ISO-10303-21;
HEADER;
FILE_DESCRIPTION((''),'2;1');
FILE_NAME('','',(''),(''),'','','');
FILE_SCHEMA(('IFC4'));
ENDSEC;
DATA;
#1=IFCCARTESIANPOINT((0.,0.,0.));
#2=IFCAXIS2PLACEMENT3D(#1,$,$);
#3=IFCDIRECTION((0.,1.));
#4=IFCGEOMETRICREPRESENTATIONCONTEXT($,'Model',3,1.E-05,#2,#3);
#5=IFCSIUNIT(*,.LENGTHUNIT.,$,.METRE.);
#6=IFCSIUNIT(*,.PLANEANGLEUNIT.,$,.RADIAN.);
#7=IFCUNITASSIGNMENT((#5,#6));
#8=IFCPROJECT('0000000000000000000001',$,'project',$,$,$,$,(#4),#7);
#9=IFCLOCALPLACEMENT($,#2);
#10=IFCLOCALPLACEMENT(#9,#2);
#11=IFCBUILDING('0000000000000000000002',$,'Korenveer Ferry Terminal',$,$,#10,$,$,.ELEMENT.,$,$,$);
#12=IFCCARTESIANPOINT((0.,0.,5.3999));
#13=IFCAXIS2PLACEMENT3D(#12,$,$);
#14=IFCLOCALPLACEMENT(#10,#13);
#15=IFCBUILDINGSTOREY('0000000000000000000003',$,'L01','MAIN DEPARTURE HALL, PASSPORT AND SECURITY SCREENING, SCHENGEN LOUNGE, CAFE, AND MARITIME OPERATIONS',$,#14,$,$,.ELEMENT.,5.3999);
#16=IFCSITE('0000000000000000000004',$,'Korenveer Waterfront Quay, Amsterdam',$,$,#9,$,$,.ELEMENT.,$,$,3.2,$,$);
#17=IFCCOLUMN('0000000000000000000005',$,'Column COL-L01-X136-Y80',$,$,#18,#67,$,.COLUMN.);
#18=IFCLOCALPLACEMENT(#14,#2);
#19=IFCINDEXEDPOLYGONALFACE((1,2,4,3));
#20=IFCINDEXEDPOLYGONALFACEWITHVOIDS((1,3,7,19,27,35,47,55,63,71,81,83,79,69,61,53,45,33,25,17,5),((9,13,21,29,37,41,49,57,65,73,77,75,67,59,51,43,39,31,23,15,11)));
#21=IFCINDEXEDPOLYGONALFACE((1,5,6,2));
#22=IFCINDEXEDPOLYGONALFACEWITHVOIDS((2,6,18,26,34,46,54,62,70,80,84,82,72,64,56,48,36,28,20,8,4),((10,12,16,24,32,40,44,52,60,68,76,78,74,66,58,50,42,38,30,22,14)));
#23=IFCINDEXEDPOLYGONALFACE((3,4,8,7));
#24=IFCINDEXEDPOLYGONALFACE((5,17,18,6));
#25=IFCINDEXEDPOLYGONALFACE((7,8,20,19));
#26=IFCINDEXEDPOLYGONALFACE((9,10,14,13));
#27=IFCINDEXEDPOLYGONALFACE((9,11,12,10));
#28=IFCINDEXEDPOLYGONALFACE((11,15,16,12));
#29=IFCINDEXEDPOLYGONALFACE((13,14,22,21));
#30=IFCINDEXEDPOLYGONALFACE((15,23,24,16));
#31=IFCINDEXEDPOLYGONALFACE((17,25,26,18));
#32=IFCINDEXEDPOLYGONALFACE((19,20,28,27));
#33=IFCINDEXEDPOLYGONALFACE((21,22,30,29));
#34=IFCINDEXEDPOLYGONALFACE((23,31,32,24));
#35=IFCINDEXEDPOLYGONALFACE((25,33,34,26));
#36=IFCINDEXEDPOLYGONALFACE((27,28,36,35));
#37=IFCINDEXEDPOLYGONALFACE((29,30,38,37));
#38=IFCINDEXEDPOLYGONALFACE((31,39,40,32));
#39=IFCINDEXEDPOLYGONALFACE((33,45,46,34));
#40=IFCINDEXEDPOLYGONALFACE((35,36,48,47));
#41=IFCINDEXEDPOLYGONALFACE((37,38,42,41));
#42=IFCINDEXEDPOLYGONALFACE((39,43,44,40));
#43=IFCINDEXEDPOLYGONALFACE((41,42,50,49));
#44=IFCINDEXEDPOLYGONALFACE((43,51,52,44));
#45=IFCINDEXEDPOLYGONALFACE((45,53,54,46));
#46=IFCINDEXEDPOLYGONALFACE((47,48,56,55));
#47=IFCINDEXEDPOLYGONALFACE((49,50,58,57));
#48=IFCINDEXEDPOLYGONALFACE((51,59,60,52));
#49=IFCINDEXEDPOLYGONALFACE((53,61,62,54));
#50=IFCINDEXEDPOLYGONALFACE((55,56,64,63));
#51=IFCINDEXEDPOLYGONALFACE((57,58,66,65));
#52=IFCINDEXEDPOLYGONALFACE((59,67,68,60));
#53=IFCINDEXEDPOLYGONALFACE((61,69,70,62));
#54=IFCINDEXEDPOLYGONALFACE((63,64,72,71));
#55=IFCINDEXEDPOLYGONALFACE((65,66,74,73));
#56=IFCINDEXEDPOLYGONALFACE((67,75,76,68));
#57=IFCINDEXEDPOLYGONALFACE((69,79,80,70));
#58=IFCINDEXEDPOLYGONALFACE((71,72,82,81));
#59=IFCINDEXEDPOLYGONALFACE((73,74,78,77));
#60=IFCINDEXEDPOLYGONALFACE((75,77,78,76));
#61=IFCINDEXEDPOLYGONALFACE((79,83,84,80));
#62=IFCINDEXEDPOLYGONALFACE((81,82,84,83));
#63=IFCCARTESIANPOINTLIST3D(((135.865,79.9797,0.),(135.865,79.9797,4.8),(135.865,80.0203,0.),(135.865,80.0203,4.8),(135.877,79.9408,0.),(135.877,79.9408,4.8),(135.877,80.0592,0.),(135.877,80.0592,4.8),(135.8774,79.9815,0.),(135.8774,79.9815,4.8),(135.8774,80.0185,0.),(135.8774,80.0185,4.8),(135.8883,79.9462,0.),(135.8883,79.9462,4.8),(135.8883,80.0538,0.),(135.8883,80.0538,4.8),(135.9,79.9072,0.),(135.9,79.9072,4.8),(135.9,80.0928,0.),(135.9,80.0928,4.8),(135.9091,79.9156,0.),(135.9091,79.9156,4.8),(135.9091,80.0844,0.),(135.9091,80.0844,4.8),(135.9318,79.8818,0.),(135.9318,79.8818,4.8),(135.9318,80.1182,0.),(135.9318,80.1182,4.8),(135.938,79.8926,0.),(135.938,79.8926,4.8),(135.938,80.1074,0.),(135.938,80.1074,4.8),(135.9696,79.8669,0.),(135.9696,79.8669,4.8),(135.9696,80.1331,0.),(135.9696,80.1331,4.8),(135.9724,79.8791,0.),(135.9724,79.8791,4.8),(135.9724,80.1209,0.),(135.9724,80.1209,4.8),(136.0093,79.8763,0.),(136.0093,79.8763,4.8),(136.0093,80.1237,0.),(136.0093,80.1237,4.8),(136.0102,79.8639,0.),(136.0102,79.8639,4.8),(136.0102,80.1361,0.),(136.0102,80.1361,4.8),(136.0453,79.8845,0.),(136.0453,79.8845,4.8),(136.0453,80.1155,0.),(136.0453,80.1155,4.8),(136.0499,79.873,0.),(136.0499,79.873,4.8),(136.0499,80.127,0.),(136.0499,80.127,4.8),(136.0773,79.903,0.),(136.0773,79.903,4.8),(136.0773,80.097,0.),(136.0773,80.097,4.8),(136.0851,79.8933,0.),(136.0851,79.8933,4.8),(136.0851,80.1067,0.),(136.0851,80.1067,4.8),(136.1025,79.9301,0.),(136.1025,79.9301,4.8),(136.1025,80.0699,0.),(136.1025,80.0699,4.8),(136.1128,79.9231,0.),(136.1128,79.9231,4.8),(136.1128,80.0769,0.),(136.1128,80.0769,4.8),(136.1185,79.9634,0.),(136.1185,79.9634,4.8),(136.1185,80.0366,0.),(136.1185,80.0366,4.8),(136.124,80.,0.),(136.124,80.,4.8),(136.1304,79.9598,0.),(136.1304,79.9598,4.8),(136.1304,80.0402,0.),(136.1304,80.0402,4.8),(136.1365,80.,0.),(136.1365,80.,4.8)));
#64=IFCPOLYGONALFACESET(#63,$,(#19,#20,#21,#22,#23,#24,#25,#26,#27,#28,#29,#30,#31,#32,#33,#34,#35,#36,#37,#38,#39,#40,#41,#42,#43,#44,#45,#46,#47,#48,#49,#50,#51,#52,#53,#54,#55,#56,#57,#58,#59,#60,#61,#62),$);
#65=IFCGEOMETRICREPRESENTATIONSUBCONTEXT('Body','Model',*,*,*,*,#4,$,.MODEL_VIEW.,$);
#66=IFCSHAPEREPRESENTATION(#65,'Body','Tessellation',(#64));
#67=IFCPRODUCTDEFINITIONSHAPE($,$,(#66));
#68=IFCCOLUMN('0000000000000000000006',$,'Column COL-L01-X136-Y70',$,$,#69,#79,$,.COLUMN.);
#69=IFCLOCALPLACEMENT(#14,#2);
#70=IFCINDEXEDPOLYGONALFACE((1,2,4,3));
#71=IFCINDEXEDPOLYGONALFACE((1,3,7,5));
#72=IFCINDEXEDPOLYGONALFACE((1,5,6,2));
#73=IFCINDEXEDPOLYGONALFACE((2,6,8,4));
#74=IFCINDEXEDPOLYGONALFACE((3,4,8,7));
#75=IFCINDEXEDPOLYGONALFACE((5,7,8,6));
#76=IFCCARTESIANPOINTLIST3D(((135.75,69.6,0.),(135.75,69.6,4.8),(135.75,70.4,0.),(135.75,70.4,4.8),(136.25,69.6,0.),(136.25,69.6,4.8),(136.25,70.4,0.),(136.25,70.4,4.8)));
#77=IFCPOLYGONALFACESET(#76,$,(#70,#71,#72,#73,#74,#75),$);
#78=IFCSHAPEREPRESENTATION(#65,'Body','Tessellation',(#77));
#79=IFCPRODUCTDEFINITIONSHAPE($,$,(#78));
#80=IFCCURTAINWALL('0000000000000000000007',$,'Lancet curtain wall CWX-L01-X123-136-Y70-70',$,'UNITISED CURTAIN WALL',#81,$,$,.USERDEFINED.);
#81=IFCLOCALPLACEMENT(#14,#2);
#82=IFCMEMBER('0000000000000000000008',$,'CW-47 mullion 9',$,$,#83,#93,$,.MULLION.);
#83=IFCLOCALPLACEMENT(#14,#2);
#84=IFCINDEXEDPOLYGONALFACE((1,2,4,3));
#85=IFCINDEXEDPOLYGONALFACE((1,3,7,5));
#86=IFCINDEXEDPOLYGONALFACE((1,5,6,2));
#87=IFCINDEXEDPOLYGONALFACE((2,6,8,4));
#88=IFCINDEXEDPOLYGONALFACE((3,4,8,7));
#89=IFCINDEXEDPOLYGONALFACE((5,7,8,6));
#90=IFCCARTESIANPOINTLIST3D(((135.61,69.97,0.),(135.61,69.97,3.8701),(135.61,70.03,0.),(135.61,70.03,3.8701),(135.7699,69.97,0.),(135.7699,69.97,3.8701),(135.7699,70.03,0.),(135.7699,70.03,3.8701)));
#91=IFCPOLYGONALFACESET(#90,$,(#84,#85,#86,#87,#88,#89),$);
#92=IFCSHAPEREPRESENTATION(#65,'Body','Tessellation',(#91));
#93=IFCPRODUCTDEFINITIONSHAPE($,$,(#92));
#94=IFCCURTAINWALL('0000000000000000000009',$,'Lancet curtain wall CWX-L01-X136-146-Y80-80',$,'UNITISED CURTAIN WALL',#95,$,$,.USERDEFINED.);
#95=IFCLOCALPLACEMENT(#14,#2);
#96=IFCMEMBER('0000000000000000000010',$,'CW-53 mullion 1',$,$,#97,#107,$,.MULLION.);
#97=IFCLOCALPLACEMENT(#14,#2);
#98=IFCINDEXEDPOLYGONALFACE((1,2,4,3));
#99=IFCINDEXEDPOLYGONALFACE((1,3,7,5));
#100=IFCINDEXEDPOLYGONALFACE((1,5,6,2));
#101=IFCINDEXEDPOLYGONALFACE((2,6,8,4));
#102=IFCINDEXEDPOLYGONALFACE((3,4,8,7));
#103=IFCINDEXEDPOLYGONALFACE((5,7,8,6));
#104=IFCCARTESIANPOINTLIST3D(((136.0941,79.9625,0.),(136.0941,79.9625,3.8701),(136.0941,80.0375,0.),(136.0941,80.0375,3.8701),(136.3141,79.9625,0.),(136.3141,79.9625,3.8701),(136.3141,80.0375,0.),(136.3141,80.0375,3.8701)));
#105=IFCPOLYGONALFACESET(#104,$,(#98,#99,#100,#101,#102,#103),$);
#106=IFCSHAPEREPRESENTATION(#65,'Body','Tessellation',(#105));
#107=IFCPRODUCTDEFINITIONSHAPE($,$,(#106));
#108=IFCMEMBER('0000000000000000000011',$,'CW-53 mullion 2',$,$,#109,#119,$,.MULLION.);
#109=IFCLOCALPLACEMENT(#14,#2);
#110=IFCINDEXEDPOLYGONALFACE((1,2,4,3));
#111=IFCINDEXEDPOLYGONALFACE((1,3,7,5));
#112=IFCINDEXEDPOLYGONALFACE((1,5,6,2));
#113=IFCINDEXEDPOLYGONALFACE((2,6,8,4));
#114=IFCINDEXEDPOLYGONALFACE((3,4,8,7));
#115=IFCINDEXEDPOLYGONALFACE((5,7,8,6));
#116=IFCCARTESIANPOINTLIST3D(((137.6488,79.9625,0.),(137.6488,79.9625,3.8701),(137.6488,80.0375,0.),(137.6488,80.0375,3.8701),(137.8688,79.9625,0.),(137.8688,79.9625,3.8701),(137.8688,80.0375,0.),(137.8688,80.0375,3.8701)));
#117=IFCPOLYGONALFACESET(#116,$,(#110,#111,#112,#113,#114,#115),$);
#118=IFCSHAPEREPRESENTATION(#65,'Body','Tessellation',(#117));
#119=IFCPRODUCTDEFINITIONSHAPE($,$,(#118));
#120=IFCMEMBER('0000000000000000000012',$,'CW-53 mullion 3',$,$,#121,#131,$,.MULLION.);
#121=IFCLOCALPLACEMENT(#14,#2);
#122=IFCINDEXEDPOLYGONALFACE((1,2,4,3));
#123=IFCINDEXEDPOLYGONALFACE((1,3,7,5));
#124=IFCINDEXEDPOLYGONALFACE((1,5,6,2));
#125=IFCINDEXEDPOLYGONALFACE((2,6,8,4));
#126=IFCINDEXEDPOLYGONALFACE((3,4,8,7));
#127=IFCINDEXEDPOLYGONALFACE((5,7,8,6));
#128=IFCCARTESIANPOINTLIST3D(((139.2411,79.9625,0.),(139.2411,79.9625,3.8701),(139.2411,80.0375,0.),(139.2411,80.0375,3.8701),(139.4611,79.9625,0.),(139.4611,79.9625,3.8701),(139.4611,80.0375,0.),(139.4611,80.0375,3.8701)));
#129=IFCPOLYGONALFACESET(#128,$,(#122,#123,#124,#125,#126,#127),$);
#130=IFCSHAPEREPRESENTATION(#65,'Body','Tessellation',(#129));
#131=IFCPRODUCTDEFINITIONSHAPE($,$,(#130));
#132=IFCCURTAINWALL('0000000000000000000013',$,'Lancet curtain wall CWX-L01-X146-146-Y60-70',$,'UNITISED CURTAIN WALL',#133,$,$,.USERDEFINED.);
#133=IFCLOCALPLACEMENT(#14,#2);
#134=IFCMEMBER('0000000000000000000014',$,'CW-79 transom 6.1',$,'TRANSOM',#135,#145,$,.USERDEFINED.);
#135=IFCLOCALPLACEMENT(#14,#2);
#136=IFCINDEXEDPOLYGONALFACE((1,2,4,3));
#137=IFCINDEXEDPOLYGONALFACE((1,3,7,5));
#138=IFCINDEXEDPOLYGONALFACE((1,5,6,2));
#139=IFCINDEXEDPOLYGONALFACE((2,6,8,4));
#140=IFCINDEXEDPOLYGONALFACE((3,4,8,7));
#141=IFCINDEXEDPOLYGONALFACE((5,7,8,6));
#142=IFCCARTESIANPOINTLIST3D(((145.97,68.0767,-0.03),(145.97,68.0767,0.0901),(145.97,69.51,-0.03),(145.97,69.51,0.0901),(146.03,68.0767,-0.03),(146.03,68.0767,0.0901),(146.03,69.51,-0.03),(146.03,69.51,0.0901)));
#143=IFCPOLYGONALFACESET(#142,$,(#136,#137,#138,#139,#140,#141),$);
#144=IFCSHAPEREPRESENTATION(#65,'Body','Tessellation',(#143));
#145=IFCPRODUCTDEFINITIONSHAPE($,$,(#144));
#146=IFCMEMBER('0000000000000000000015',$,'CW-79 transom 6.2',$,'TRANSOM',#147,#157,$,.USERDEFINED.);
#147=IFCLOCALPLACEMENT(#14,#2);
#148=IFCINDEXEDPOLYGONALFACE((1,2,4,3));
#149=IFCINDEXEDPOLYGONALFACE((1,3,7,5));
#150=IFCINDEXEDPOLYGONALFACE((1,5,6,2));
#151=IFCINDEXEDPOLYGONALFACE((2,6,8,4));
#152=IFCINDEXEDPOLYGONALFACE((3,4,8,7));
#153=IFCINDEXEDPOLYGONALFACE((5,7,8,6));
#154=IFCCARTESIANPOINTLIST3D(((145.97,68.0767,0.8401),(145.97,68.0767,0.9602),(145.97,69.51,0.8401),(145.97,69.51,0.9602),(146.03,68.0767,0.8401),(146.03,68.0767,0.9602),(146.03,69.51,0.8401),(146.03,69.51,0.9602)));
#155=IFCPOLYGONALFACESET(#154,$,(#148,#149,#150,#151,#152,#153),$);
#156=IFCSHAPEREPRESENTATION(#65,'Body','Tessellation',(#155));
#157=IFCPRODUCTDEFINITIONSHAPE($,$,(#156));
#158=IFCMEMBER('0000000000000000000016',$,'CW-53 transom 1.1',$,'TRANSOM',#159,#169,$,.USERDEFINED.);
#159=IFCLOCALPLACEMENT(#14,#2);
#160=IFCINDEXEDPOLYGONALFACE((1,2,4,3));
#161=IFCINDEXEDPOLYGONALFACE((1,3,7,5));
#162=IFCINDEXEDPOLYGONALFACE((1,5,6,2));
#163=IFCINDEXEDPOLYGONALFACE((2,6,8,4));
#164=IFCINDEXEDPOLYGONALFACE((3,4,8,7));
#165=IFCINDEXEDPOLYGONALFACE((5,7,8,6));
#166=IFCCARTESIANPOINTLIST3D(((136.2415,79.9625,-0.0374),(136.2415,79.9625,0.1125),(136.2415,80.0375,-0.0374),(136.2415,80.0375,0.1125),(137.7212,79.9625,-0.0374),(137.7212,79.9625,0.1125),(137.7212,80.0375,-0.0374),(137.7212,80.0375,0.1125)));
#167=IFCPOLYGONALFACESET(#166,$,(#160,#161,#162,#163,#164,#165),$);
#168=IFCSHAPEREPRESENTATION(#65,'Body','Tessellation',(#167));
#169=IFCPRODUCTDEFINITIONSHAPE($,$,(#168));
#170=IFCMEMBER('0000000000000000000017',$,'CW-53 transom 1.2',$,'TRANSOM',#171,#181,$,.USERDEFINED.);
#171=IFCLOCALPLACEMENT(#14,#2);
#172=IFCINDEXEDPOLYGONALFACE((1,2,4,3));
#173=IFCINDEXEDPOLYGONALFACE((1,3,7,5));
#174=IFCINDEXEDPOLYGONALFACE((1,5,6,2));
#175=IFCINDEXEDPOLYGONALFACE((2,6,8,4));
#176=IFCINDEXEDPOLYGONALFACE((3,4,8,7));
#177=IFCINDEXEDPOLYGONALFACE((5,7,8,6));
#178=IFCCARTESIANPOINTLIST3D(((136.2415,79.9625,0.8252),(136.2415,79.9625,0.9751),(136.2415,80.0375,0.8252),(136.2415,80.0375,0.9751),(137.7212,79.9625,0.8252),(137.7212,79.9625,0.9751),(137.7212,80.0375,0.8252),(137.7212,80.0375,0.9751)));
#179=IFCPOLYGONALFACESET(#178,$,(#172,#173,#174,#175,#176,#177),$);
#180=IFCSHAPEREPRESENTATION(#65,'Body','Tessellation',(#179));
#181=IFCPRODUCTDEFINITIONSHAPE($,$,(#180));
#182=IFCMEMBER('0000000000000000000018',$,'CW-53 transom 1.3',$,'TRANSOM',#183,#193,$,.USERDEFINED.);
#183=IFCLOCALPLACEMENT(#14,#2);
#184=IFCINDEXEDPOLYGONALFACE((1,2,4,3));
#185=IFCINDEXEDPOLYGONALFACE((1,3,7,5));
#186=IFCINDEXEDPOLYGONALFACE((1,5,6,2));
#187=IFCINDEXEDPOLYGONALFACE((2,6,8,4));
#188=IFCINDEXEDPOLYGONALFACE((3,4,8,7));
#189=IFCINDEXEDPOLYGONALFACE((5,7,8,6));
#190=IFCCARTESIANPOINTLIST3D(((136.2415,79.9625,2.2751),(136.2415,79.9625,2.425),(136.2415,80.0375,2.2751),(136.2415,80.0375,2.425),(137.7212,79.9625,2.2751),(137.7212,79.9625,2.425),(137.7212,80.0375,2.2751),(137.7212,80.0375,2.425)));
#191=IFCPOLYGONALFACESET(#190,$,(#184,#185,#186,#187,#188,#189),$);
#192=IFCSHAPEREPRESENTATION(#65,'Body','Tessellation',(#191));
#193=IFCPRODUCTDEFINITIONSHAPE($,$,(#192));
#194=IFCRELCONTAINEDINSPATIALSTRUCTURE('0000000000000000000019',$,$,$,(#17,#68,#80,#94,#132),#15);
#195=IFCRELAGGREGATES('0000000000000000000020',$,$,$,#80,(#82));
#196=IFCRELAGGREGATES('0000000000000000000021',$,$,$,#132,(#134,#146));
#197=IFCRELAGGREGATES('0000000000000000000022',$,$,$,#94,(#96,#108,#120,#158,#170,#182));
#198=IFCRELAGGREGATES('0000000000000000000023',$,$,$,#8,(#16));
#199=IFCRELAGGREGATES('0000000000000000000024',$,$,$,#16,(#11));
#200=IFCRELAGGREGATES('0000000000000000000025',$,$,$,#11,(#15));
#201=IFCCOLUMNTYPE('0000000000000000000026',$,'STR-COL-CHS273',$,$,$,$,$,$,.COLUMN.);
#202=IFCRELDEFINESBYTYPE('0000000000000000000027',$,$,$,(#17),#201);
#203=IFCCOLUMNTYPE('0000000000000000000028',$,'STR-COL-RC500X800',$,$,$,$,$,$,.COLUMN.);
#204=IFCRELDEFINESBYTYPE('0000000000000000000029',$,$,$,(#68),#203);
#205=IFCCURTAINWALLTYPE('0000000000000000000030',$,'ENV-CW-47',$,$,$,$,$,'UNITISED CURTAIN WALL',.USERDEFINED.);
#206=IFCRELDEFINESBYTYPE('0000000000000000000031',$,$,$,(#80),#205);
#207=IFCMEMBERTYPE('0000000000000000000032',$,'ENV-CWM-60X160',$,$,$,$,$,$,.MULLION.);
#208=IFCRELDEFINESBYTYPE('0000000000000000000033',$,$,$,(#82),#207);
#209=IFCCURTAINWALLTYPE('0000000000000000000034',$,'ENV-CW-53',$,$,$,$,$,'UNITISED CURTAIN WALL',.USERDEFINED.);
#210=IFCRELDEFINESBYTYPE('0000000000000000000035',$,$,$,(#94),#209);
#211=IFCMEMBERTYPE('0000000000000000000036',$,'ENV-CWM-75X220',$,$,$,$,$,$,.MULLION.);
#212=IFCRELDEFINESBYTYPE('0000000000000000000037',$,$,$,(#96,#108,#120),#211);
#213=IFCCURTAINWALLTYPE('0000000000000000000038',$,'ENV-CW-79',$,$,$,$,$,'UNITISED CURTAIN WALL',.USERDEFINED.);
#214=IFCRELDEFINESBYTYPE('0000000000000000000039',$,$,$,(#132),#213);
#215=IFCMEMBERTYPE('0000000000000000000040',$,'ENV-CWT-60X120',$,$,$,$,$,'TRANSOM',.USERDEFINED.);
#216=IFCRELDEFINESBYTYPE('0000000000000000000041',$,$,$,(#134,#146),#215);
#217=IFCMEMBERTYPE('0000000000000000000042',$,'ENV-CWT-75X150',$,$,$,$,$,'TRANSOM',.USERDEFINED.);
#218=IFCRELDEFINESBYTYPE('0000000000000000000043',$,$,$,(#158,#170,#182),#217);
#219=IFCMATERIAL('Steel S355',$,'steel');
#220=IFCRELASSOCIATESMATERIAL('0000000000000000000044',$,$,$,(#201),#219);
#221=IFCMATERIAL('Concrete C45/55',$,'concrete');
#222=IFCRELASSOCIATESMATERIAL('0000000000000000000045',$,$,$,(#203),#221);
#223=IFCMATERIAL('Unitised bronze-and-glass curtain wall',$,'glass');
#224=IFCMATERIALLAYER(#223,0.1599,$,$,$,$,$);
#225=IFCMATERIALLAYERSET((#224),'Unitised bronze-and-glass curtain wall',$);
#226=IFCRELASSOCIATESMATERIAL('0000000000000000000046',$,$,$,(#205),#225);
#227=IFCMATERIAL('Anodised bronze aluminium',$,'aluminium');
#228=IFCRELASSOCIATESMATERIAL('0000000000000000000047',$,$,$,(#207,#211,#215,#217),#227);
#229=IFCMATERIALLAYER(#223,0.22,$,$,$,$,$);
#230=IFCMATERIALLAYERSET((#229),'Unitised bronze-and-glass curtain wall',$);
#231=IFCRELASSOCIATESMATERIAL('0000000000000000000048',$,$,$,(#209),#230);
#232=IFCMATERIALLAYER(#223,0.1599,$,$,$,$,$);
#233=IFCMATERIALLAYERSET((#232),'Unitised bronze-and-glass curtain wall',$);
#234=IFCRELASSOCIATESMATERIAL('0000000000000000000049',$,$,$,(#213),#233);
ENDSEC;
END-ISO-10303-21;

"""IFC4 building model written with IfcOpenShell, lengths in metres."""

from ifc_helpers import new_model, si_unit, direction, frame, origin, origin_2d, place, context, subcontext, project, spatial, rectangle, hollow_circle, extrude, material, layer, layer_set, material_profile, profile_set, type_object, element, aggregate, save


model = new_model("IFC4")

# Units and contexts
model_context = context("Model", 3, precision=1e-05, world=origin(), true_north=direction((0.0, 1.0)))
body_context = subcontext(model_context, "Body", "Model", "MODEL_VIEW")
ifc_project = project(units=[si_unit("LENGTHUNIT", "METRE"), si_unit("PLANEANGLEUNIT", "RADIAN")], contexts=[model_context])

# Site, building, storey
site_placement = place(None, origin())
site = spatial("IfcSite", under=ifc_project, at=site_placement, Name="Korenveer Waterfront Quay, Amsterdam", CompositionType="ELEMENT", RefElevation=3.2)
building_placement = place(site_placement, origin())
building = spatial("IfcBuilding", under=site, at=building_placement, Name="Korenveer Ferry Terminal", CompositionType="ELEMENT")
storey_placement = place(building_placement, frame((0.0, 0.0, 5.3999)))
storey = spatial("IfcBuildingStorey", under=building, at=storey_placement, Name="L01", Description="MAIN DEPARTURE HALL, PASSPORT AND SECURITY SCREENING, SCHENGEN LOUNGE, CAFE, AND MARITIME OPERATIONS", CompositionType="ELEMENT", Elevation=5.3999)

# Columns
ifc_material_1 = material(Name="Steel S355", Category="steel")
ifc_material_profile_1 = material_profile(ifc_material_1, hollow_circle(Radius=0.1365, WallThickness=0.0125, at=origin_2d()), Name="CHS 273x12.5")
ifc_profile_set_1 = profile_set([ifc_material_profile_1], Name="Steel S355")
column_type_1 = type_object("IfcColumnType", Name="STR-COL-CHS273", PredefinedType="COLUMN", material=ifc_profile_set_1)
column_1_placement = place(storey_placement, frame((136.0, 80.0, 0.0), z_axis=(0.0, 0.0, 1.0), x_axis=(1.0, 0.0, 0.0)))
element("IfcColumn", 1, at=column_1_placement, inside=storey, type_object=column_type_1, Name="Column COL-L01-X136-Y80", PredefinedType="COLUMN", context=body_context, shape_type="SweptSolid", body=[
    extrude(hollow_circle(Radius=0.1365, WallThickness=0.0125, at=origin_2d()), origin(), (0.0, 0.0, 1.0), 4.8),
])
ifc_material_2 = material(Name="Concrete C45/55", Category="concrete")
ifc_material_profile_2 = material_profile(ifc_material_2, rectangle(XDim=0.5, YDim=0.8, at=origin_2d()), Name="RC 500x800")
ifc_profile_set_2 = profile_set([ifc_material_profile_2], Name="Concrete C45/55")
column_type_2 = type_object("IfcColumnType", Name="STR-COL-RC500X800", PredefinedType="COLUMN", material=ifc_profile_set_2)
column_2_placement = place(storey_placement, frame((136.0, 70.0, 0.0), z_axis=(0.0, 0.0, 1.0), x_axis=(1.0, 0.0, 0.0)))
element("IfcColumn", 2, at=column_2_placement, inside=storey, type_object=column_type_2, Name="Column COL-L01-X136-Y70", PredefinedType="COLUMN", context=body_context, shape_type="SweptSolid", body=[
    extrude(rectangle(XDim=0.5, YDim=0.8, at=origin_2d()), origin(), (0.0, 0.0, 1.0), 4.8),
])

# Curtain wall, member
ifc_material_3 = material(Name="Unitised bronze-and-glass curtain wall", Category="glass")
ifc_layer_1 = layer(ifc_material_3, 0.1599)
ifc_layer_set_1 = layer_set([ifc_layer_1], Name="Unitised bronze-and-glass curtain wall")
curtain_wall_type_1 = type_object("IfcCurtainWallType", Name="ENV-CW-47", ElementType="UNITISED CURTAIN WALL", PredefinedType="USERDEFINED", material=ifc_layer_set_1)
curtain_wall_1_placement = place(storey_placement, frame((123.1799, 70.0, 0.0)))
curtain_wall_1 = element("IfcCurtainWall", 3, at=curtain_wall_1_placement, inside=storey, type_object=curtain_wall_type_1, Name="Lancet curtain wall CWX-L01-X123-136-Y70-70", ObjectType="UNITISED CURTAIN WALL", PredefinedType="USERDEFINED")
ifc_material_4 = material(Name="Anodised bronze aluminium", Category="aluminium")
ifc_material_profile_3 = material_profile(ifc_material_4, rectangle(XDim=0.0601, YDim=0.1599, at=origin_2d()), Name="ALU 60x160")
ifc_profile_set_3 = profile_set([ifc_material_profile_3], Name="Anodised bronze aluminium")
member_type_1 = type_object("IfcMemberType", Name="ENV-CWM-60X160", PredefinedType="MULLION", material=ifc_profile_set_3)
member_1_placement = place(storey_placement, frame((135.6899, 70.0, 0.0), z_axis=(0.0, 0.0, 1.0), x_axis=(0.0, 1.0, 0.0)))
member_1 = element("IfcMember", 4, at=member_1_placement, type_object=member_type_1, Name="CW-47 mullion 9", PredefinedType="MULLION", context=body_context, shape_type="SweptSolid", body=[
    extrude(rectangle(XDim=0.0601, YDim=0.1599, at=origin_2d()), origin(), (0.0, 0.0, 1.0), 3.8701),
])
aggregate(curtain_wall_1, [member_1])

# Curtain walls, members
ifc_layer_2 = layer(ifc_material_3, 0.22)
ifc_layer_set_2 = layer_set([ifc_layer_2], Name="Unitised bronze-and-glass curtain wall")
curtain_wall_type_2 = type_object("IfcCurtainWallType", Name="ENV-CW-53", ElementType="UNITISED CURTAIN WALL", PredefinedType="USERDEFINED", material=ifc_layer_set_2)
curtain_wall_2_placement = place(storey_placement, frame((136.1665, 80.0, 0.0)))
curtain_wall_2 = element("IfcCurtainWall", 5, at=curtain_wall_2_placement, inside=storey, type_object=curtain_wall_type_2, Name="Lancet curtain wall CWX-L01-X136-146-Y80-80", ObjectType="UNITISED CURTAIN WALL", PredefinedType="USERDEFINED")
ifc_material_profile_4 = material_profile(ifc_material_4, rectangle(XDim=0.075, YDim=0.22, at=origin_2d()), Name="ALU 75x220")
ifc_profile_set_4 = profile_set([ifc_material_profile_4], Name="Anodised bronze aluminium")
member_type_2 = type_object("IfcMemberType", Name="ENV-CWM-75X220", PredefinedType="MULLION", material=ifc_profile_set_4)
member_2_placement = place(storey_placement, frame((136.2041, 80.0, 0.0), z_axis=(0.0, 0.0, 1.0), x_axis=(0.0, 1.0, 0.0)))
member_2 = element("IfcMember", 6, at=member_2_placement, type_object=member_type_2, Name="CW-53 mullion 1", PredefinedType="MULLION", context=body_context, shape_type="SweptSolid", body=[
    extrude(rectangle(XDim=0.075, YDim=0.22, at=origin_2d()), origin(), (0.0, 0.0, 1.0), 3.8701),
])
member_3_placement = place(storey_placement, frame((137.7588, 80.0, 0.0), z_axis=(0.0, 0.0, 1.0), x_axis=(0.0, 1.0, 0.0)))
member_3 = element("IfcMember", 7, at=member_3_placement, type_object=member_type_2, Name="CW-53 mullion 2", PredefinedType="MULLION", context=body_context, shape_type="SweptSolid", body=[
    extrude(rectangle(XDim=0.075, YDim=0.22, at=origin_2d()), origin(), (0.0, 0.0, 1.0), 3.8701),
])
member_4_placement = place(storey_placement, frame((139.3511, 80.0, 0.0), z_axis=(0.0, 0.0, 1.0), x_axis=(0.0, 1.0, 0.0)))
member_4 = element("IfcMember", 8, at=member_4_placement, type_object=member_type_2, Name="CW-53 mullion 3", PredefinedType="MULLION", context=body_context, shape_type="SweptSolid", body=[
    extrude(rectangle(XDim=0.075, YDim=0.22, at=origin_2d()), origin(), (0.0, 0.0, 1.0), 3.8701),
])
ifc_layer_3 = layer(ifc_material_3, 0.1599)
ifc_layer_set_3 = layer_set([ifc_layer_3], Name="Unitised bronze-and-glass curtain wall")
curtain_wall_type_3 = type_object("IfcCurtainWallType", Name="ENV-CW-79", ElementType="UNITISED CURTAIN WALL", PredefinedType="USERDEFINED", material=ifc_layer_set_3)
curtain_wall_3_placement = place(storey_placement, frame((146.0, 60.4299, 0.0)))
curtain_wall_3 = element("IfcCurtainWall", 9, at=curtain_wall_3_placement, inside=storey, type_object=curtain_wall_type_3, Name="Lancet curtain wall CWX-L01-X146-146-Y60-70", ObjectType="UNITISED CURTAIN WALL", PredefinedType="USERDEFINED")
ifc_material_profile_5 = material_profile(ifc_material_4, rectangle(XDim=0.0601, YDim=0.1201, at=origin_2d()), Name="ALU 60x120")
ifc_profile_set_5 = profile_set([ifc_material_profile_5], Name="Anodised bronze aluminium")
member_type_3 = type_object("IfcMemberType", Name="ENV-CWT-60X120", ElementType="TRANSOM", PredefinedType="USERDEFINED", material=ifc_profile_set_5)
member_5_placement = place(storey_placement, frame((146.0, 68.0767, 0.03), z_axis=(0.0, 1.0, 0.0), x_axis=(-1.0, 0.0, 0.0)))
member_5 = element("IfcMember", 10, at=member_5_placement, type_object=member_type_3, Name="CW-79 transom 6.1", ObjectType="TRANSOM", PredefinedType="USERDEFINED", context=body_context, shape_type="SweptSolid", body=[
    extrude(rectangle(XDim=0.0601, YDim=0.1201, at=origin_2d()), origin(), (0.0, 0.0, 1.0), 1.4333),
])
member_6_placement = place(storey_placement, frame((146.0, 68.0767, 0.9001), z_axis=(0.0, 1.0, 0.0), x_axis=(-1.0, 0.0, 0.0)))
member_6 = element("IfcMember", 11, at=member_6_placement, type_object=member_type_3, Name="CW-79 transom 6.2", ObjectType="TRANSOM", PredefinedType="USERDEFINED", context=body_context, shape_type="SweptSolid", body=[
    extrude(rectangle(XDim=0.0601, YDim=0.1201, at=origin_2d()), origin(), (0.0, 0.0, 1.0), 1.4333),
])
aggregate(curtain_wall_3, [member_5, member_6])

# Members
ifc_material_profile_6 = material_profile(ifc_material_4, rectangle(XDim=0.075, YDim=0.1499, at=origin_2d()), Name="ALU 75x150")
ifc_profile_set_6 = profile_set([ifc_material_profile_6], Name="Anodised bronze aluminium")
member_type_4 = type_object("IfcMemberType", Name="ENV-CWT-75X150", ElementType="TRANSOM", PredefinedType="USERDEFINED", material=ifc_profile_set_6)
member_7_placement = place(storey_placement, frame((136.2415, 80.0, 0.0376), z_axis=(1.0, 0.0, 0.0), x_axis=(0.0, 1.0, 0.0)))
member_7 = element("IfcMember", 12, at=member_7_placement, type_object=member_type_4, Name="CW-53 transom 1.1", ObjectType="TRANSOM", PredefinedType="USERDEFINED", context=body_context, shape_type="SweptSolid", body=[
    extrude(rectangle(XDim=0.075, YDim=0.1499, at=origin_2d()), origin(), (0.0, 0.0, 1.0), 1.4797),
])
member_8_placement = place(storey_placement, frame((136.2415, 80.0, 0.9001), z_axis=(1.0, 0.0, 0.0), x_axis=(0.0, 1.0, 0.0)))
member_8 = element("IfcMember", 13, at=member_8_placement, type_object=member_type_4, Name="CW-53 transom 1.2", ObjectType="TRANSOM", PredefinedType="USERDEFINED", context=body_context, shape_type="SweptSolid", body=[
    extrude(rectangle(XDim=0.075, YDim=0.1499, at=origin_2d()), origin(), (0.0, 0.0, 1.0), 1.4797),
])
member_9_placement = place(storey_placement, frame((136.2415, 80.0, 2.3501), z_axis=(1.0, 0.0, 0.0), x_axis=(0.0, 1.0, 0.0)))
member_9 = element("IfcMember", 14, at=member_9_placement, type_object=member_type_4, Name="CW-53 transom 1.3", ObjectType="TRANSOM", PredefinedType="USERDEFINED", context=body_context, shape_type="SweptSolid", body=[
    extrude(rectangle(XDim=0.075, YDim=0.1499, at=origin_2d()), origin(), (0.0, 0.0, 1.0), 1.4797),
])

aggregate(curtain_wall_2, [member_2, member_3, member_4, member_7, member_8, member_9])

save(model, "model.ifc")
